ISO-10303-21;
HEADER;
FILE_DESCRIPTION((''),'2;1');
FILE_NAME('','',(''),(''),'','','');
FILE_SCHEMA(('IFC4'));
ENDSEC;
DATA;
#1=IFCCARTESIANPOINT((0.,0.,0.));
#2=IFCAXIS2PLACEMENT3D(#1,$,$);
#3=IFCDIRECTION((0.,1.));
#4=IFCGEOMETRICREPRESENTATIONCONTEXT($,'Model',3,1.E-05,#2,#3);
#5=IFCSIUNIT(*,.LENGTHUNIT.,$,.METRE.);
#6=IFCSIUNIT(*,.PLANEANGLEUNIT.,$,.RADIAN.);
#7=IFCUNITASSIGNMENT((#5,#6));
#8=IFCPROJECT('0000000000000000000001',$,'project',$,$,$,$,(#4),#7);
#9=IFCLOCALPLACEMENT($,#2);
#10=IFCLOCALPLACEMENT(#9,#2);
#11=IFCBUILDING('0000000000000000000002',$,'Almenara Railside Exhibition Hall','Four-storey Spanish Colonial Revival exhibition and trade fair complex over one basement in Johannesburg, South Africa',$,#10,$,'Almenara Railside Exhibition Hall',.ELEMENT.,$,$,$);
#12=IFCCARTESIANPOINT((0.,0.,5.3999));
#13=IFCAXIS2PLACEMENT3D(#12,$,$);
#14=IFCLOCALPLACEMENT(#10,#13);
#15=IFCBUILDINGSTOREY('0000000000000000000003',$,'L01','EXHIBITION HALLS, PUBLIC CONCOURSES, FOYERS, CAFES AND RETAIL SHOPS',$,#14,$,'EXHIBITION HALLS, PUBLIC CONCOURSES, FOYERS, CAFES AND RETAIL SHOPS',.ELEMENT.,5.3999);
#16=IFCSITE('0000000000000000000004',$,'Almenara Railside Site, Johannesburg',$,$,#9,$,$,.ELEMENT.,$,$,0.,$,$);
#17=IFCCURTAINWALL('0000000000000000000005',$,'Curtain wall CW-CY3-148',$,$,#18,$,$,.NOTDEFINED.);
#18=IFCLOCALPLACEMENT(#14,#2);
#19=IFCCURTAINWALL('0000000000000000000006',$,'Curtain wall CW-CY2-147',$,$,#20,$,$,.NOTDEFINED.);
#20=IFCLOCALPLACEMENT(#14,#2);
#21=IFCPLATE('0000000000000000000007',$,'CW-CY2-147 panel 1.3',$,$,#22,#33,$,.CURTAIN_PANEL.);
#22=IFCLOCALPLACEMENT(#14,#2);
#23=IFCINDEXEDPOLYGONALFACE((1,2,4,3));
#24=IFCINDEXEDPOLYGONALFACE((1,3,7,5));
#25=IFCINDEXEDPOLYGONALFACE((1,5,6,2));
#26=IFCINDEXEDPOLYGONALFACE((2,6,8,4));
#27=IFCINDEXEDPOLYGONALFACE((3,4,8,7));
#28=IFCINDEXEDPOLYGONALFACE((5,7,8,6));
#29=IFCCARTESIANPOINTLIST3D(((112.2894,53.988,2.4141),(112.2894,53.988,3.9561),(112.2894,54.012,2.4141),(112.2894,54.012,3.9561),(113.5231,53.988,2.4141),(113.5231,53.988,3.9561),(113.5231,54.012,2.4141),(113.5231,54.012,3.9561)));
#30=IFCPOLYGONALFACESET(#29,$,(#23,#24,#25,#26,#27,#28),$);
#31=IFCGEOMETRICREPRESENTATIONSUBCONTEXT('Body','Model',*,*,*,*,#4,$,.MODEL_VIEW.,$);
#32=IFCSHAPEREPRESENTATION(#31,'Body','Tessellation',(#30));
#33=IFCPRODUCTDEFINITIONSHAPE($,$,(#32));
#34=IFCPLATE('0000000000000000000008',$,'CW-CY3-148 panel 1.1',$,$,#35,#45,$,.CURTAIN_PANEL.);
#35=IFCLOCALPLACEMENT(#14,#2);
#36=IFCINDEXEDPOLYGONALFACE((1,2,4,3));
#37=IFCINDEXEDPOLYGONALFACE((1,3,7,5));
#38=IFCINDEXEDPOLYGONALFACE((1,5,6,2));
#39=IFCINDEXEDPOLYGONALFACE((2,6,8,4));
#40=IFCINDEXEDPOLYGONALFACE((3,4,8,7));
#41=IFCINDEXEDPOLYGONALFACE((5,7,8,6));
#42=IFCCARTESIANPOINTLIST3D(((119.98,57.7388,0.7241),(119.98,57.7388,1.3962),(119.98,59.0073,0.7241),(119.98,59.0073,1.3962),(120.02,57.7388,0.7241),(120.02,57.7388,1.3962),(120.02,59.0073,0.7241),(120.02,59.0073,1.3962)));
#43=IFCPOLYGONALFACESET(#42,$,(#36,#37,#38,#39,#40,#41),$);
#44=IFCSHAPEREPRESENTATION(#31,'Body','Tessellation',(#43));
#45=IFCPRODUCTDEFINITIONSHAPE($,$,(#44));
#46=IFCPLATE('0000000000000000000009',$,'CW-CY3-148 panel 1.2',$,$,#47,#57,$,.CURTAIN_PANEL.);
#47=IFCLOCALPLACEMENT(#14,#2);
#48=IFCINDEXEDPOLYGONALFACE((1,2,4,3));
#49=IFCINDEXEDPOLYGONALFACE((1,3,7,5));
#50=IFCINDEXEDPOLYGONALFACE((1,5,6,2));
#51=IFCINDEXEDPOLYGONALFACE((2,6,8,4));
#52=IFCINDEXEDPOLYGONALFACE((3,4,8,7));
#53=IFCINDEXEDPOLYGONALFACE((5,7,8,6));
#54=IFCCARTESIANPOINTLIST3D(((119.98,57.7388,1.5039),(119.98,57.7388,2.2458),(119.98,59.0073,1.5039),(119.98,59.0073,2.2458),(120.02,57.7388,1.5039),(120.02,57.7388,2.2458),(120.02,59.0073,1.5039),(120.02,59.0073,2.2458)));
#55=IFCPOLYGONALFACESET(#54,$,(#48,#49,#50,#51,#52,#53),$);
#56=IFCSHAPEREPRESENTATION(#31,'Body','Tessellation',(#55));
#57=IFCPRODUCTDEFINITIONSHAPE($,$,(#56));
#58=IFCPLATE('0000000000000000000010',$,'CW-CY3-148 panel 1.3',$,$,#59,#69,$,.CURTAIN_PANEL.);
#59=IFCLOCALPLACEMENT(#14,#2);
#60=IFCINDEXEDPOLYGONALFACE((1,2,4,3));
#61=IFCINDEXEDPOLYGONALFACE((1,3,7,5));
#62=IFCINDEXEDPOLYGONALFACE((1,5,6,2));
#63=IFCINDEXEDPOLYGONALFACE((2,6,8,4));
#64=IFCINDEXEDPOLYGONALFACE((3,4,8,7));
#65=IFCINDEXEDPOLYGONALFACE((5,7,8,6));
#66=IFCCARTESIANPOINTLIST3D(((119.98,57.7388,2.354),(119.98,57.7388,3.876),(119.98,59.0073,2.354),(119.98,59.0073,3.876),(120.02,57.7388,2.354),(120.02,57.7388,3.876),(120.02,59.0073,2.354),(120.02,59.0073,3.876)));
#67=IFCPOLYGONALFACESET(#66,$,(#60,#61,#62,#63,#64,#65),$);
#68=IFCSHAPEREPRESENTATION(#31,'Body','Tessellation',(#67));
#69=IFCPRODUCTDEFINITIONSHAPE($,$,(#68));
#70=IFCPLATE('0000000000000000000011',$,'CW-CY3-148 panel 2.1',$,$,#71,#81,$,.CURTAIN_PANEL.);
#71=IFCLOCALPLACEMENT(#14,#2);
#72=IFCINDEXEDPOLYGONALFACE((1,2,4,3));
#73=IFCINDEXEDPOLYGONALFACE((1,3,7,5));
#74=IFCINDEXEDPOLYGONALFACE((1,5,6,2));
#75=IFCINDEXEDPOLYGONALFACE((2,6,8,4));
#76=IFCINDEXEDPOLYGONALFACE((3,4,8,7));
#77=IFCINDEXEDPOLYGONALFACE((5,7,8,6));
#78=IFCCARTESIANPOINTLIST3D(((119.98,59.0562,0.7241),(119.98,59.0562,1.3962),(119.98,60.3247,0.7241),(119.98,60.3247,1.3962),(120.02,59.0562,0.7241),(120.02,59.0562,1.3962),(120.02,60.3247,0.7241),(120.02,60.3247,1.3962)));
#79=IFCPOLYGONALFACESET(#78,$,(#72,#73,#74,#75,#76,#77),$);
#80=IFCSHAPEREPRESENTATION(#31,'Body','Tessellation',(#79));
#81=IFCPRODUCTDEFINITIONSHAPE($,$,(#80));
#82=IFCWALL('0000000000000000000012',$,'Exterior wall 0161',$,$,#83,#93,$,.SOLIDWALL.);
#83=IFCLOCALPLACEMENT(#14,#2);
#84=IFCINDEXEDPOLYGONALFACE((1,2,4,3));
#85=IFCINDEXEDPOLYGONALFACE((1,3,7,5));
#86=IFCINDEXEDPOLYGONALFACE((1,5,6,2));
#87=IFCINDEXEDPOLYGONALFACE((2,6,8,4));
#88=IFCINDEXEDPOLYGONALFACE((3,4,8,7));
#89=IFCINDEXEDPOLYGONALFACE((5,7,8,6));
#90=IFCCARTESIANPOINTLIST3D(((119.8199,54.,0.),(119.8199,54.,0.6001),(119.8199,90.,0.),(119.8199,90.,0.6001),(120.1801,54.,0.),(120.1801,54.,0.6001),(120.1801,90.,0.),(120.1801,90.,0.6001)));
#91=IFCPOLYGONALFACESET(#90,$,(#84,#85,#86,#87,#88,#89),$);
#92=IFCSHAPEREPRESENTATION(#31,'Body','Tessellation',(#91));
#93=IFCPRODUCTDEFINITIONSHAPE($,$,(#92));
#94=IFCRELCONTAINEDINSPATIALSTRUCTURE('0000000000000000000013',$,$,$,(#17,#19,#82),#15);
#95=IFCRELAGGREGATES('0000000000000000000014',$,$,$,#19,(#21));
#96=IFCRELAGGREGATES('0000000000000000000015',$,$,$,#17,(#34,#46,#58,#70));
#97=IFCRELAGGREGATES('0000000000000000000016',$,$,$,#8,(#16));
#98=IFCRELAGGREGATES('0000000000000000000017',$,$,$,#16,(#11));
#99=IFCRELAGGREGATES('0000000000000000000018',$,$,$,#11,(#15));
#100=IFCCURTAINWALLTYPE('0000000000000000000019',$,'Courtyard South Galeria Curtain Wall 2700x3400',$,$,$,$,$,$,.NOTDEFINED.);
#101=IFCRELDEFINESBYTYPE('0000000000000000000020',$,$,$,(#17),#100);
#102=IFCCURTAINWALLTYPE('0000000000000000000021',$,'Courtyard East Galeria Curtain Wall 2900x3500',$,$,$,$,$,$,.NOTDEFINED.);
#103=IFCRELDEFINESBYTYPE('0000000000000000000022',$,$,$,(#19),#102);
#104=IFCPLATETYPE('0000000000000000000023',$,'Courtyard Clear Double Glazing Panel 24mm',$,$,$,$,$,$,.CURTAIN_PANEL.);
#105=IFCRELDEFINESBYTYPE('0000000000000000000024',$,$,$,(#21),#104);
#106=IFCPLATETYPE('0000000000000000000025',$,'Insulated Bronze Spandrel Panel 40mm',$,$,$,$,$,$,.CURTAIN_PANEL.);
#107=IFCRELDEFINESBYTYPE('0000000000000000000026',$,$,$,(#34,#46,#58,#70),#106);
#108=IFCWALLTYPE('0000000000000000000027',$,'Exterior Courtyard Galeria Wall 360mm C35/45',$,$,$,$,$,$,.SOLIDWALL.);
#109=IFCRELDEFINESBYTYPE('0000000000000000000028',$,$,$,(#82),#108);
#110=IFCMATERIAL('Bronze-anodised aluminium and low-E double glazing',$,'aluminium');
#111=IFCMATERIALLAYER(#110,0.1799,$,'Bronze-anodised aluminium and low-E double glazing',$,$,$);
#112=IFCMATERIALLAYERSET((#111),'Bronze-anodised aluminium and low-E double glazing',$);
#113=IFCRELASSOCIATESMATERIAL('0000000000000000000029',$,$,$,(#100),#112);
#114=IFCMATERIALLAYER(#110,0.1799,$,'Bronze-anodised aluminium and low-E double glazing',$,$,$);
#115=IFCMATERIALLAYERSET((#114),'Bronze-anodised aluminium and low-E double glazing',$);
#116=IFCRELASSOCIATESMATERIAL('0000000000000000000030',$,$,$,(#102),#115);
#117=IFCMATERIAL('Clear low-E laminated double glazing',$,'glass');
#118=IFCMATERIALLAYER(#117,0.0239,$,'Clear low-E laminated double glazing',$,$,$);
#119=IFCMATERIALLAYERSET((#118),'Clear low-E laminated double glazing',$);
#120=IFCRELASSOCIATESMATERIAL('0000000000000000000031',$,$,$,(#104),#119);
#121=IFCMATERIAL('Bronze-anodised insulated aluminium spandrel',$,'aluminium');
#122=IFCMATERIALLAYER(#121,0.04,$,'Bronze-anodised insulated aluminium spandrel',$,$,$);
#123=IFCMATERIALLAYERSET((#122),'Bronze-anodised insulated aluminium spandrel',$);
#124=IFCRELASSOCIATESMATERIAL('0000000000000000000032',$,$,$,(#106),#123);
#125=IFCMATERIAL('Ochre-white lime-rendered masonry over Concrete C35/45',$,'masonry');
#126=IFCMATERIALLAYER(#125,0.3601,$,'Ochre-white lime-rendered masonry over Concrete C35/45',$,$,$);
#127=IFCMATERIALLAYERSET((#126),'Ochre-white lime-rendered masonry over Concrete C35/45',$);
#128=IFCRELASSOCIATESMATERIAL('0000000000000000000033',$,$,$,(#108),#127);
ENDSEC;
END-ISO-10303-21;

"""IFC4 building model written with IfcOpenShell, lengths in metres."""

from ifc_helpers import new_model, si_unit, direction, frame, frame_2d, origin, origin_2d, place, context, subcontext, project, spatial, rectangle, extrude, material, layer, layer_set, type_object, element, aggregate, save


model = new_model("IFC4")

# Units and contexts
model_context = context("Model", 3, precision=1e-05, world=origin(), true_north=direction((0.0, 1.0)))
body_context = subcontext(model_context, "Body", "Model", "MODEL_VIEW")
ifc_project = project(units=[si_unit("LENGTHUNIT", "METRE"), si_unit("PLANEANGLEUNIT", "RADIAN")], contexts=[model_context])

# Site, building, storey
site_placement = place(None, origin())
site = spatial("IfcSite", under=ifc_project, at=site_placement, Name="Almenara Railside Site, Johannesburg", CompositionType="ELEMENT", RefElevation=0.0)
building_placement = place(site_placement, origin())
building = spatial("IfcBuilding", under=site, at=building_placement, Name="Almenara Railside Exhibition Hall", Description="Four-storey Spanish Colonial Revival exhibition and trade fair complex over one basement in Johannesburg, South Africa", LongName="Almenara Railside Exhibition Hall", CompositionType="ELEMENT")
storey_placement = place(building_placement, frame((0.0, 0.0, 5.3999)))
storey = spatial("IfcBuildingStorey", under=building, at=storey_placement, Name="L01", Description="EXHIBITION HALLS, PUBLIC CONCOURSES, FOYERS, CAFES AND RETAIL SHOPS", LongName="EXHIBITION HALLS, PUBLIC CONCOURSES, FOYERS, CAFES AND RETAIL SHOPS", CompositionType="ELEMENT", Elevation=5.3999)

# Curtain wall
ifc_material_1 = material(Name="Bronze-anodised aluminium and low-E double glazing", Category="aluminium")
ifc_layer_1 = layer(ifc_material_1, 0.1799, Name="Bronze-anodised aluminium and low-E double glazing")
ifc_layer_set_1 = layer_set([ifc_layer_1], Name="Bronze-anodised aluminium and low-E double glazing")
curtain_wall_type_1 = type_object("IfcCurtainWallType", Name="Courtyard South Galeria Curtain Wall 2700x3400", PredefinedType="NOTDEFINED", material=ifc_layer_set_1)
curtain_wall_1_placement = place(storey_placement, origin())
curtain_wall_1 = element("IfcCurtainWall", 1, at=curtain_wall_1_placement, inside=storey, type_object=curtain_wall_type_1, Name="Curtain wall CW-CY3-148", PredefinedType="NOTDEFINED")

# Curtain wall
ifc_layer_2 = layer(ifc_material_1, 0.1799, Name="Bronze-anodised aluminium and low-E double glazing")
ifc_layer_set_2 = layer_set([ifc_layer_2], Name="Bronze-anodised aluminium and low-E double glazing")
curtain_wall_type_2 = type_object("IfcCurtainWallType", Name="Courtyard East Galeria Curtain Wall 2900x3500", PredefinedType="NOTDEFINED", material=ifc_layer_set_2)
curtain_wall_2_placement = place(storey_placement, origin())
curtain_wall_2 = element("IfcCurtainWall", 2, at=curtain_wall_2_placement, inside=storey, type_object=curtain_wall_type_2, Name="Curtain wall CW-CY2-147", PredefinedType="NOTDEFINED")

# Plates
ifc_material_2 = material(Name="Clear low-E laminated double glazing", Category="glass")
ifc_layer_3 = layer(ifc_material_2, 0.0239, Name="Clear low-E laminated double glazing")
ifc_layer_set_3 = layer_set([ifc_layer_3], Name="Clear low-E laminated double glazing")
plate_type_1 = type_object("IfcPlateType", Name="Courtyard Clear Double Glazing Panel 24mm", PredefinedType="CURTAIN_PANEL", material=ifc_layer_set_3)
plate_1_placement = place(storey_placement, frame((112.9062, 54.0, 2.4141), z_axis=(0.0, 0.0, 1.0), x_axis=(1.0, 0.0, 0.0)))
plate_1 = element("IfcPlate", 3, at=plate_1_placement, type_object=plate_type_1, Name="CW-CY2-147 panel 1.3", PredefinedType="CURTAIN_PANEL", context=body_context, shape_type="SweptSolid", body=[
    extrude(rectangle(XDim=1.2336, YDim=0.0239, at=origin_2d()), origin(), (0.0, 0.0, 1.0), 1.542),
])
aggregate(curtain_wall_2, [plate_1])
ifc_material_3 = material(Name="Bronze-anodised insulated aluminium spandrel", Category="aluminium")
ifc_layer_4 = layer(ifc_material_3, 0.04, Name="Bronze-anodised insulated aluminium spandrel")
ifc_layer_set_4 = layer_set([ifc_layer_4], Name="Bronze-anodised insulated aluminium spandrel")
plate_type_2 = type_object("IfcPlateType", Name="Insulated Bronze Spandrel Panel 40mm", PredefinedType="CURTAIN_PANEL", material=ifc_layer_set_4)
plate_2_placement = place(storey_placement, frame((120.0, 58.373, 0.7241), z_axis=(0.0, 0.0, 1.0), x_axis=(0.0, 1.0, 0.0)))
plate_2 = element("IfcPlate", 4, at=plate_2_placement, type_object=plate_type_2, Name="CW-CY3-148 panel 1.1", PredefinedType="CURTAIN_PANEL", context=body_context, shape_type="SweptSolid", body=[
    extrude(rectangle(XDim=1.2686, YDim=0.04, at=origin_2d()), origin(), (0.0, 0.0, 1.0), 0.6721),
])
plate_3_placement = place(storey_placement, frame((120.0, 58.373, 1.5039), z_axis=(0.0, 0.0, 1.0), x_axis=(0.0, 1.0, 0.0)))
plate_3 = element("IfcPlate", 5, at=plate_3_placement, type_object=plate_type_2, Name="CW-CY3-148 panel 1.2", PredefinedType="CURTAIN_PANEL", context=body_context, shape_type="SweptSolid", body=[
    extrude(rectangle(XDim=1.2686, YDim=0.04, at=origin_2d()), origin(), (0.0, 0.0, 1.0), 0.7419),
])
plate_4_placement = place(storey_placement, frame((120.0, 58.373, 2.354), z_axis=(0.0, 0.0, 1.0), x_axis=(0.0, 1.0, 0.0)))
plate_4 = element("IfcPlate", 6, at=plate_4_placement, type_object=plate_type_2, Name="CW-CY3-148 panel 1.3", PredefinedType="CURTAIN_PANEL", context=body_context, shape_type="SweptSolid", body=[
    extrude(rectangle(XDim=1.2686, YDim=0.04, at=origin_2d()), origin(), (0.0, 0.0, 1.0), 1.522),
])
plate_5_placement = place(storey_placement, frame((120.0, 59.6904, 0.7241), z_axis=(0.0, 0.0, 1.0), x_axis=(0.0, 1.0, 0.0)))
plate_5 = element("IfcPlate", 7, at=plate_5_placement, type_object=plate_type_2, Name="CW-CY3-148 panel 2.1", PredefinedType="CURTAIN_PANEL", context=body_context, shape_type="SweptSolid", body=[
    extrude(rectangle(XDim=1.2686, YDim=0.04, at=origin_2d()), origin(), (0.0, 0.0, 1.0), 0.6721),
])
aggregate(curtain_wall_1, [plate_2, plate_3, plate_4, plate_5])

# Wall
ifc_material_4 = material(Name="Ochre-white lime-rendered masonry over Concrete C35/45", Category="masonry")
ifc_layer_5 = layer(ifc_material_4, 0.3601, Name="Ochre-white lime-rendered masonry over Concrete C35/45")
ifc_layer_set_5 = layer_set([ifc_layer_5], Name="Ochre-white lime-rendered masonry over Concrete C35/45")
wall_type = type_object("IfcWallType", Name="Exterior Courtyard Galeria Wall 360mm C35/45", PredefinedType="SOLIDWALL", material=ifc_layer_set_5)
wall_placement = place(storey_placement, frame((120.0, 54.0, 0.0), z_axis=(0.0, 0.0, 1.0), x_axis=(0.0, 1.0, 0.0)))
element("IfcWall", 8, at=wall_placement, inside=storey, type_object=wall_type, Name="Exterior wall 0161", PredefinedType="SOLIDWALL", context=body_context, shape_type="SweptSolid", body=[
    extrude(rectangle(XDim=36.0, YDim=0.3601, at=frame_2d((18.0, 0.0))), origin(), (0.0, 0.0, 1.0), 0.6001),
])

save(model, "model.ifc")
